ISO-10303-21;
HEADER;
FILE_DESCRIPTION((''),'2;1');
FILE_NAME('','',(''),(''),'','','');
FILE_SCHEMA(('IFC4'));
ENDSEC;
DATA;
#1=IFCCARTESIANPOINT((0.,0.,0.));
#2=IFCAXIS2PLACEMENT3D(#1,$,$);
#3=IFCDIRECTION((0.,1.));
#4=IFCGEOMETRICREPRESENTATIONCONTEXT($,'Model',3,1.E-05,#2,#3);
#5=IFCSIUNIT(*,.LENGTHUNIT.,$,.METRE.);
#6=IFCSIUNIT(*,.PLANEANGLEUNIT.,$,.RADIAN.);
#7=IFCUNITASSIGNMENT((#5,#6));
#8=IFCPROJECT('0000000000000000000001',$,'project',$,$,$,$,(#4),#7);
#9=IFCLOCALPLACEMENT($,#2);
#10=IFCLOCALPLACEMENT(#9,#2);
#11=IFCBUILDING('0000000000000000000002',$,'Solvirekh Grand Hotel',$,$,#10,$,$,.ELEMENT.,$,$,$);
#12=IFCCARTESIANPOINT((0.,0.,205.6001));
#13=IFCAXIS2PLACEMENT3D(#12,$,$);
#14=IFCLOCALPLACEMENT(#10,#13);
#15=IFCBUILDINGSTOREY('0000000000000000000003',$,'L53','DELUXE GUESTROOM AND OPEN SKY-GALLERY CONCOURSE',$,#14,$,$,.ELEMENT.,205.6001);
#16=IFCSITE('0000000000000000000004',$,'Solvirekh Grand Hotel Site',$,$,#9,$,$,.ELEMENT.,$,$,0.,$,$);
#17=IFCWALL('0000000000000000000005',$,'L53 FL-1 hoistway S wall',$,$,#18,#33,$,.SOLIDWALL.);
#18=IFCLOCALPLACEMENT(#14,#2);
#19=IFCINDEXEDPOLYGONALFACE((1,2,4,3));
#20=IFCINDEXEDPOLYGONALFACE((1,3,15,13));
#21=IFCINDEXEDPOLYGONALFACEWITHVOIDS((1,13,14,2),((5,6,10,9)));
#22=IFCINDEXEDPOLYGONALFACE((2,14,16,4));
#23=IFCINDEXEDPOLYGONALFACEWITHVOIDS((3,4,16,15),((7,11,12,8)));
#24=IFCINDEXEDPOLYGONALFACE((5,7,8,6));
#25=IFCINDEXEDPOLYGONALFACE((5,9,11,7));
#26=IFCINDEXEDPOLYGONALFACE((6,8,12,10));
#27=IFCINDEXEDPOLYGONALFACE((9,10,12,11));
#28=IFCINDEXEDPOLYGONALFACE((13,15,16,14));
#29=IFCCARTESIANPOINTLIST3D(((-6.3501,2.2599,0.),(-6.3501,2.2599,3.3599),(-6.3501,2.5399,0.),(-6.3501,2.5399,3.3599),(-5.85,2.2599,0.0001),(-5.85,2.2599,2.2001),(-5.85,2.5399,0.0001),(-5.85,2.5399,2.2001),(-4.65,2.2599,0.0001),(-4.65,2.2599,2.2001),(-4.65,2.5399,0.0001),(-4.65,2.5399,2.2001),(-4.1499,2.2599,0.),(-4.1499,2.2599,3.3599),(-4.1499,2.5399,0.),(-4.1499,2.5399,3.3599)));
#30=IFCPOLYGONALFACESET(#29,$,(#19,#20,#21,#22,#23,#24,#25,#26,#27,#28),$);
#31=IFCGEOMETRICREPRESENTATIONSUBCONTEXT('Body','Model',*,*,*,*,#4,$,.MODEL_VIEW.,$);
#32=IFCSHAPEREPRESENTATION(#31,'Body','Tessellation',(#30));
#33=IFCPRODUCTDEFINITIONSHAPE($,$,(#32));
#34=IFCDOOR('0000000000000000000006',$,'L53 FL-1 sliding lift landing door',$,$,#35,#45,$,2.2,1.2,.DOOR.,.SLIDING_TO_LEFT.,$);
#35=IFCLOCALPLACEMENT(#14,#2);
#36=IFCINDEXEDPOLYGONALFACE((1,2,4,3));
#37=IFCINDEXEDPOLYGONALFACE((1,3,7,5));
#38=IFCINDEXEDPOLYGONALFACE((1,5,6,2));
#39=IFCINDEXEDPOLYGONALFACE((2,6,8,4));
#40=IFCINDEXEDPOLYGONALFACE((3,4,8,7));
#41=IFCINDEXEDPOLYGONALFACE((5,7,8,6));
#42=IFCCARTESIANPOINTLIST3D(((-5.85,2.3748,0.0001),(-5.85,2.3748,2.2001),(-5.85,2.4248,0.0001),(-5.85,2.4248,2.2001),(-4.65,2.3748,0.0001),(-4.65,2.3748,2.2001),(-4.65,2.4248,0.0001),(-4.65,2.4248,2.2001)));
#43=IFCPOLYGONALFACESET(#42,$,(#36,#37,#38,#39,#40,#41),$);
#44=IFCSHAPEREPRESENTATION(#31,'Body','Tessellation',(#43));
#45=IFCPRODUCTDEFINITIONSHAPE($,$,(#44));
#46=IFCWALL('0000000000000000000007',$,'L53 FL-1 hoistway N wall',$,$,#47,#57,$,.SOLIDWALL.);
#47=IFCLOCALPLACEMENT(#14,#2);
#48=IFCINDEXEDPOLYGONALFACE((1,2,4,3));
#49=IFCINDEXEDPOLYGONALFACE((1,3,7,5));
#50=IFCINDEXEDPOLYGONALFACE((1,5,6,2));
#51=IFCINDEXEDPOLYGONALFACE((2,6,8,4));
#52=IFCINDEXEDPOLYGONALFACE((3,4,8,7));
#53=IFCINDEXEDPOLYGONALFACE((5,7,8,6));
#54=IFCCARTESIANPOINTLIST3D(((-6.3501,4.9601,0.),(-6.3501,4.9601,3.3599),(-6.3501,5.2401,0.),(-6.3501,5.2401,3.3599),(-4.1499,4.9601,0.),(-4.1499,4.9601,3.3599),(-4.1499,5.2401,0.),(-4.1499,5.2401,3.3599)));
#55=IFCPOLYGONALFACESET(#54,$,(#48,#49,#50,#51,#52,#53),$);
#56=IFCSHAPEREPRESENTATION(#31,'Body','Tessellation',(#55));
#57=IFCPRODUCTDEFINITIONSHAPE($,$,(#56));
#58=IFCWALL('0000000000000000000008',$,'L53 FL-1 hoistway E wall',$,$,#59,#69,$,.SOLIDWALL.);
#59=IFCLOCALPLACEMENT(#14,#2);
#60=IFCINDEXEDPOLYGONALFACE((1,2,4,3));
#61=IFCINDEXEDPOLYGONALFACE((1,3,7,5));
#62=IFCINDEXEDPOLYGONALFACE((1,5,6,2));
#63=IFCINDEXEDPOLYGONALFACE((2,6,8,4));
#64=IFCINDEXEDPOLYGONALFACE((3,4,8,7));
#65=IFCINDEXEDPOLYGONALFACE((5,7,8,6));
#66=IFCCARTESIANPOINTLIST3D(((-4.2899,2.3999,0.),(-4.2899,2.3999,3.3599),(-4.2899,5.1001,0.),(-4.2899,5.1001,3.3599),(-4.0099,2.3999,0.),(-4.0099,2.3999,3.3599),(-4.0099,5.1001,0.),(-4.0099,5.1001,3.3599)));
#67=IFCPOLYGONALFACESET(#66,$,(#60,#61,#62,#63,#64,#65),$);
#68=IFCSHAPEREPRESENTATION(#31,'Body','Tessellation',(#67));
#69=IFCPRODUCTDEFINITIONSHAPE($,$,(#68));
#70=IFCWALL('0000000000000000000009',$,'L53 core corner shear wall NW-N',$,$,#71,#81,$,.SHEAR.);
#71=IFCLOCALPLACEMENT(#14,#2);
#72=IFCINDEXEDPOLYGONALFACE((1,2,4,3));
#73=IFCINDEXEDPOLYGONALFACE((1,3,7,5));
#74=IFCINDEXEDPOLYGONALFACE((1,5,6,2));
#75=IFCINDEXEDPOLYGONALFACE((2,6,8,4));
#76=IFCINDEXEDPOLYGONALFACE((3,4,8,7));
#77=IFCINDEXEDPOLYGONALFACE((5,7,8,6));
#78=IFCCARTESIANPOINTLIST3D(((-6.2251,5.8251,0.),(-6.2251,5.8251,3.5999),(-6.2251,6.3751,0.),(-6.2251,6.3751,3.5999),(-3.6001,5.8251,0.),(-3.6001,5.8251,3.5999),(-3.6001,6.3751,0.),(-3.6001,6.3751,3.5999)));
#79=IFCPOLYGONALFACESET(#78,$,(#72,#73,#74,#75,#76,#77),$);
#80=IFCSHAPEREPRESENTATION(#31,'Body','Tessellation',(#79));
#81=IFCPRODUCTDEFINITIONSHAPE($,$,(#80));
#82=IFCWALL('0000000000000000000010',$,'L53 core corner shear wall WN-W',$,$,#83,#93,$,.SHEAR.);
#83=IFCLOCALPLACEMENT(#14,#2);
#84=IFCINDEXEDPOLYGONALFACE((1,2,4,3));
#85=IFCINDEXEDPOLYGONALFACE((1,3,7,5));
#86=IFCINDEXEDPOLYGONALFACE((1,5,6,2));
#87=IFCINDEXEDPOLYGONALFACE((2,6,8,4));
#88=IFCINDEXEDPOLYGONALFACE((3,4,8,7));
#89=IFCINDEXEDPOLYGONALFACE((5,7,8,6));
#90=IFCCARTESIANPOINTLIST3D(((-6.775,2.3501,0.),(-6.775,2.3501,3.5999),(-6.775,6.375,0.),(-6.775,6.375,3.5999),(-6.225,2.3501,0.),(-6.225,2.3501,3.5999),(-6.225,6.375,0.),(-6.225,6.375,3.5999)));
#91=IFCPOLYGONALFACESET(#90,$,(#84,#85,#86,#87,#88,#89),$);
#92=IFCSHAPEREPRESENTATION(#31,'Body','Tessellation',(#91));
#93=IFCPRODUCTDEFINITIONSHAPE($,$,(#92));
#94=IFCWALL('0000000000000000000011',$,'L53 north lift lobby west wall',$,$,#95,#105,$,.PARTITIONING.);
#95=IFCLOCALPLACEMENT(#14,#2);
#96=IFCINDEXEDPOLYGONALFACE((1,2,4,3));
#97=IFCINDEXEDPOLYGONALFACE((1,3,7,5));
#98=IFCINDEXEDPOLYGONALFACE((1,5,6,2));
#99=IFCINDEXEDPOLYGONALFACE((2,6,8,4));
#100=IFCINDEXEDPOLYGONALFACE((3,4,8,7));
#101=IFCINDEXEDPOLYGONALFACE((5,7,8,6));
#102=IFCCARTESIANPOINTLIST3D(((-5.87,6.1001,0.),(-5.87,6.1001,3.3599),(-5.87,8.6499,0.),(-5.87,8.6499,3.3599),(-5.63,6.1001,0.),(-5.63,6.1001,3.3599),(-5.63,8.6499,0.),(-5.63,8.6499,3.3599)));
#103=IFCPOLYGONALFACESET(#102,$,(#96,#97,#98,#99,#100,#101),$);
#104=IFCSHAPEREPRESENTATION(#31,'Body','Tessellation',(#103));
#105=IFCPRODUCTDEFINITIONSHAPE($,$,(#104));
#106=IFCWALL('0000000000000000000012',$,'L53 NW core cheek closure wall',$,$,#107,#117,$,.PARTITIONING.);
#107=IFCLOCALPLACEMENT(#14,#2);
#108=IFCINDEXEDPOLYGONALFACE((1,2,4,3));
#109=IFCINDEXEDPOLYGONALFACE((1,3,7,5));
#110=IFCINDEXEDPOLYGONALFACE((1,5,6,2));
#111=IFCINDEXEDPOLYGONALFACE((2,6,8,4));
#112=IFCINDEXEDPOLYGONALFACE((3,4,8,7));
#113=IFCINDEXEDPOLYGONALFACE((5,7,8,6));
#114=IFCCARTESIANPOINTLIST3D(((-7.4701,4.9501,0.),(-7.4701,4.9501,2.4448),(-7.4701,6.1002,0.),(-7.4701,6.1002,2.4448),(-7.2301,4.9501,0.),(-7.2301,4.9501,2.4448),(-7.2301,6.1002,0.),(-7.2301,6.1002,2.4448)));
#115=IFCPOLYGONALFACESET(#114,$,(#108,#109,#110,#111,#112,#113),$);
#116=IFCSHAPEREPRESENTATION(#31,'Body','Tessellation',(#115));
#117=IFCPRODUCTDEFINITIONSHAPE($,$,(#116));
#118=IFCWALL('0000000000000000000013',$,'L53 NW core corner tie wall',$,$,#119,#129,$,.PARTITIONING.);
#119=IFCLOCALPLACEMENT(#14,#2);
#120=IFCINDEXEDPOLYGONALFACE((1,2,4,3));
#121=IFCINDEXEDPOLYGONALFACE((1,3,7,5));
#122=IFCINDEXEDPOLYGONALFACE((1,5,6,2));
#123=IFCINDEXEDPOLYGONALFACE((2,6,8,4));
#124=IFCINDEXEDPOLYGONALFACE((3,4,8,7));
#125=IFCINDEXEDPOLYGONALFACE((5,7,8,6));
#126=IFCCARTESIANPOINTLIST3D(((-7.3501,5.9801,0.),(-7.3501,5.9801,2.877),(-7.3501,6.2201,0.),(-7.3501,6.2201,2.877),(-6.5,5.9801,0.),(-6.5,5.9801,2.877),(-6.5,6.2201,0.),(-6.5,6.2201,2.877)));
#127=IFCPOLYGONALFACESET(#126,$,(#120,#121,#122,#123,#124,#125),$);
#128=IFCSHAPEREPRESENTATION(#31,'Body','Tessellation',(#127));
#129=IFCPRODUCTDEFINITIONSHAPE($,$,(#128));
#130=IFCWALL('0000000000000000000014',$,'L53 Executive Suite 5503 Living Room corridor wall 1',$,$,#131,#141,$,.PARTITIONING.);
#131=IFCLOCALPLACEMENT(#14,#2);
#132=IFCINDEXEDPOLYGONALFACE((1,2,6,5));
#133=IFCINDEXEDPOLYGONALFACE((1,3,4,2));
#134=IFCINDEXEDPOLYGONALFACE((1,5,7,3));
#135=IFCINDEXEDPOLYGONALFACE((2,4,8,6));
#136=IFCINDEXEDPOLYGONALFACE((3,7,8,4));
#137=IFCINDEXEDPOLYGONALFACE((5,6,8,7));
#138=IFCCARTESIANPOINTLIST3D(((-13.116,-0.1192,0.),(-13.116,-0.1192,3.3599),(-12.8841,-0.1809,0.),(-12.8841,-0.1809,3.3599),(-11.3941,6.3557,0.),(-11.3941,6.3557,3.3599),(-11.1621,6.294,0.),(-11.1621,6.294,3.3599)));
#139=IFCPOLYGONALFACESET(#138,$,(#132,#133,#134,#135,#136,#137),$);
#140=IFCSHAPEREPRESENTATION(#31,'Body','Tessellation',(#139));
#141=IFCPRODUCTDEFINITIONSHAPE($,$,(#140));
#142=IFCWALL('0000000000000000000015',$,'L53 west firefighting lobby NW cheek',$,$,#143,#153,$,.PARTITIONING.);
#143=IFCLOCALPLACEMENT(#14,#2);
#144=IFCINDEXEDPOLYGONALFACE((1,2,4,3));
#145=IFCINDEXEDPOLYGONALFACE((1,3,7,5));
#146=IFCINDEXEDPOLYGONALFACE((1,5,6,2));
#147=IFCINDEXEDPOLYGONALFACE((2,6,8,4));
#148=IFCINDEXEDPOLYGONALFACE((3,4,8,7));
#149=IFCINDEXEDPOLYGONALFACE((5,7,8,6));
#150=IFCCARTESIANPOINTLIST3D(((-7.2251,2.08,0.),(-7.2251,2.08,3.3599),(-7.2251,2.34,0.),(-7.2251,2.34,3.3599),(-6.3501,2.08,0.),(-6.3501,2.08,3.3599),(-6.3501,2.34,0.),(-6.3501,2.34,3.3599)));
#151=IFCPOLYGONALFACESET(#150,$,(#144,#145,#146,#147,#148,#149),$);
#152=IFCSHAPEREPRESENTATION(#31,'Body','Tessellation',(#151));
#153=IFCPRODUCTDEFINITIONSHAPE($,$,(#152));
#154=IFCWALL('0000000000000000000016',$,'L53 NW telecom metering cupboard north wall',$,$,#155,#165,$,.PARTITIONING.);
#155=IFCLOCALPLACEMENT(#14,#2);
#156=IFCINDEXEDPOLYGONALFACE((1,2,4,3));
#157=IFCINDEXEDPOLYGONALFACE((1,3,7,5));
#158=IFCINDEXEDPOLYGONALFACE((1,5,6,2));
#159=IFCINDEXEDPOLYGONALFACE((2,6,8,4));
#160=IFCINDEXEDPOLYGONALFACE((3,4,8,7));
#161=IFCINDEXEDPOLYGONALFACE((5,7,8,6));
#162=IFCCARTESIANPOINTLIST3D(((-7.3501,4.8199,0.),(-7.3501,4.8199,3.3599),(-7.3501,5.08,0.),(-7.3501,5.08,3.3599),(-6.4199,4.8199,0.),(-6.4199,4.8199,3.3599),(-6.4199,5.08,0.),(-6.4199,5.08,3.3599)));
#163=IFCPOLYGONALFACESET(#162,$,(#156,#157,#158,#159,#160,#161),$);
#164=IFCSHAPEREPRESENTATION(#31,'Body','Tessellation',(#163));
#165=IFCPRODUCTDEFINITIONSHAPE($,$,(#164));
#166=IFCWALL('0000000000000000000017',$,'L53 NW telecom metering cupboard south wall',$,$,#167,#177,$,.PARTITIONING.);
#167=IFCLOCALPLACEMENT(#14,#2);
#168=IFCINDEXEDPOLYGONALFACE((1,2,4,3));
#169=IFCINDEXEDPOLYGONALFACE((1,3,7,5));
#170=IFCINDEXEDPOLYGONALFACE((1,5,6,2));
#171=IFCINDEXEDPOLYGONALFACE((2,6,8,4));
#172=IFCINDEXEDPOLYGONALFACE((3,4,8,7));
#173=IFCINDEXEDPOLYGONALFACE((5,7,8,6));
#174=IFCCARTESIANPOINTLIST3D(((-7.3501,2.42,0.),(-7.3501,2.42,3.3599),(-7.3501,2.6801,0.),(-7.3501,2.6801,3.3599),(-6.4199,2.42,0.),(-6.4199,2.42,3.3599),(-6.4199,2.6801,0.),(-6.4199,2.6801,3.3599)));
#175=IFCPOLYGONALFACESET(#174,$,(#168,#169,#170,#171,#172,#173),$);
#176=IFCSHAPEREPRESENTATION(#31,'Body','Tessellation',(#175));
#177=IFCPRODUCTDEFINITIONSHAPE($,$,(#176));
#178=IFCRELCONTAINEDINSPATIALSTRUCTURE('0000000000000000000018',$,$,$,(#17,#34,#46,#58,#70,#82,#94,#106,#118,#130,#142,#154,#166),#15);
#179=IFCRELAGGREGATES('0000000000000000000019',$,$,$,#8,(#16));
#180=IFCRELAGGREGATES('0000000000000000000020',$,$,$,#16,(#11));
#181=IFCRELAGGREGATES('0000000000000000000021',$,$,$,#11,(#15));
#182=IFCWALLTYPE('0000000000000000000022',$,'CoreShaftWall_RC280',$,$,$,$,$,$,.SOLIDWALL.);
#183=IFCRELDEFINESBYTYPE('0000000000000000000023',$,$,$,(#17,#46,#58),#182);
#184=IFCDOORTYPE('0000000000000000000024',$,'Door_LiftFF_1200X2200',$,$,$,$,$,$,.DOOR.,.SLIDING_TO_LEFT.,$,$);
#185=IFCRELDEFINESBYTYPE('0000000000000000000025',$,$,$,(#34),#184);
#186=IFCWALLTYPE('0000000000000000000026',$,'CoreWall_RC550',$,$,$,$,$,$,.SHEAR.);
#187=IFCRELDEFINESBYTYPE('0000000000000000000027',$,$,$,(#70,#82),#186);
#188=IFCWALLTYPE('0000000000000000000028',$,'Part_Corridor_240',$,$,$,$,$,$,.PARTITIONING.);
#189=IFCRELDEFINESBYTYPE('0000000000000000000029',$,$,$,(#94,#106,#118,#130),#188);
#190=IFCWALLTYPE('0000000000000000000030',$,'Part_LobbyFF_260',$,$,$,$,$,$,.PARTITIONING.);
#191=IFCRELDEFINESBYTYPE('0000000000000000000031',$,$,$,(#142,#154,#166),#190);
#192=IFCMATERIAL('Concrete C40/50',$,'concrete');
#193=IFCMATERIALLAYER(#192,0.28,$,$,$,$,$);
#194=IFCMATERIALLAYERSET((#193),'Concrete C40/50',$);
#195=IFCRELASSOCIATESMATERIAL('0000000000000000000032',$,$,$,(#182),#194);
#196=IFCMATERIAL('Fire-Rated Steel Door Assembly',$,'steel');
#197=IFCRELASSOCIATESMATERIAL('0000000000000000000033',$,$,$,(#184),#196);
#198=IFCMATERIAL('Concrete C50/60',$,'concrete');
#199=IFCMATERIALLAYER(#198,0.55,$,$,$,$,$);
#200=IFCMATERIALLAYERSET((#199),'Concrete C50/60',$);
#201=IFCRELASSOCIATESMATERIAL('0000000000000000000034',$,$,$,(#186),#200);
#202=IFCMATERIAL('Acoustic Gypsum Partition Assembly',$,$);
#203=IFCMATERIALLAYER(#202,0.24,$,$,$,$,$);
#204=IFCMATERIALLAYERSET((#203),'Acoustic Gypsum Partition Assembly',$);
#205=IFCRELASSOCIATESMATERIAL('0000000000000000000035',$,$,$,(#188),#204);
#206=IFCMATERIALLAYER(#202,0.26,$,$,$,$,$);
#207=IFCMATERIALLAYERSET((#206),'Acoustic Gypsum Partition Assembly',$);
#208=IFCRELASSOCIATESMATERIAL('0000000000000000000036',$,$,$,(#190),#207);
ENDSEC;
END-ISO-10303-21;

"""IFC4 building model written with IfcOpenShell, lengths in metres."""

from ifc_helpers import new_model, si_unit, direction, frame, frame_2d, origin, place, context, subcontext, project, spatial, rectangle, extrude, material, layer, layer_set, type_object, element, fill, save


model = new_model("IFC4")

# Units and contexts
model_context = context("Model", 3, precision=1e-05, world=origin(), true_north=direction((0.0, 1.0)))
body_context = subcontext(model_context, "Body", "Model", "MODEL_VIEW")
ifc_project = project(units=[si_unit("LENGTHUNIT", "METRE"), si_unit("PLANEANGLEUNIT", "RADIAN")], contexts=[model_context])

# Site, building, storey
site_placement = place(None, origin())
site = spatial("IfcSite", under=ifc_project, at=site_placement, Name="Solvirekh Grand Hotel Site", CompositionType="ELEMENT", RefElevation=0.0)
building_placement = place(site_placement, origin())
building = spatial("IfcBuilding", under=site, at=building_placement, Name="Solvirekh Grand Hotel", CompositionType="ELEMENT")
storey_placement = place(building_placement, frame((0.0, 0.0, 205.6001)))
storey = spatial("IfcBuildingStorey", under=building, at=storey_placement, Name="L53", Description="DELUXE GUESTROOM AND OPEN SKY-GALLERY CONCOURSE", CompositionType="ELEMENT", Elevation=205.6001)

# Shared definitions
ifc_material_1 = material(Name="Concrete C50/60", Category="concrete")

# Shared definitions
ifc_material_2 = material(Name="Concrete C40/50", Category="concrete")
ifc_layer_1 = layer(ifc_material_2, 0.28)
ifc_layer_set_1 = layer_set([ifc_layer_1], Name="Concrete C40/50")
wall_type_1 = type_object("IfcWallType", Name="CoreShaftWall_RC280", PredefinedType="SOLIDWALL", material=ifc_layer_set_1)
ifc_material_3 = material(Name="Fire-Rated Steel Door Assembly", Category="steel")

# Wall, opening, door
wall_1_placement = place(storey_placement, frame((-6.3501, 2.3999, 0.0), z_axis=(0.0, 0.0, 1.0), x_axis=(1.0, 0.0, 0.0)))
wall_1 = element("IfcWall", 1, at=wall_1_placement, inside=storey, type_object=wall_type_1, Name="L53 FL-1 hoistway S wall", PredefinedType="SOLIDWALL", context=body_context, shape_type="SweptSolid", body=[
    extrude(rectangle(XDim=2.2002, YDim=0.28, at=frame_2d((1.1001, 0.0))), origin(), (0.0, 0.0, 1.0), 3.3599),
])
opening_1_placement = place(wall_1_placement, frame((0.5, 0.0, 0.0)))
opening_1 = element("IfcOpeningElement", 2, at=opening_1_placement, cuts=wall_1, PredefinedType="OPENING", context=body_context, shape_type="SweptSolid", body=[
    extrude(rectangle(XDim=1.2, YDim=2.2, at=frame_2d((0.6001, 1.1001))), frame((0.0, 0.1499, 0.0), z_axis=(0.0, -1.0, 0.0), x_axis=(1.0, 0.0, 0.0)), (0.0, 0.0, 1.0), 0.3),
])
door_type_1 = type_object("IfcDoorType", Name="Door_LiftFF_1200X2200", OperationType="SLIDING_TO_LEFT", PredefinedType="DOOR", material=ifc_material_3)
door_1_placement = place(opening_1_placement, origin())
door_1 = element("IfcDoor", 3, at=door_1_placement, inside=storey, type_object=door_type_1, Name="L53 FL-1 sliding lift landing door", OperationType="SLIDING_TO_LEFT", OverallHeight=2.2, OverallWidth=1.2, PredefinedType="DOOR", context=body_context, shape_type="SweptSolid", body=[
    extrude(rectangle(XDim=1.2, YDim=2.2, at=frame_2d((0.6001, 1.1001))), frame((0.0, 0.0249, 0.0), z_axis=(0.0, -1.0, 0.0), x_axis=(1.0, 0.0, 0.0)), (0.0, 0.0, 1.0), 0.05),
])
fill(opening_1, door_1)

# Walls
wall_2_placement = place(storey_placement, frame((-4.1499, 5.1001, 0.0), z_axis=(0.0, 0.0, 1.0), x_axis=(-1.0, 0.0, 0.0)))
element("IfcWall", 4, at=wall_2_placement, inside=storey, type_object=wall_type_1, Name="L53 FL-1 hoistway N wall", PredefinedType="SOLIDWALL", context=body_context, shape_type="SweptSolid", body=[
    extrude(rectangle(XDim=2.2002, YDim=0.28, at=frame_2d((1.1001, 0.0))), origin(), (0.0, 0.0, 1.0), 3.3599),
])
wall_3_placement = place(storey_placement, frame((-4.1499, 2.3999, 0.0), z_axis=(0.0, 0.0, 1.0), x_axis=(0.0, 1.0, 0.0)))
element("IfcWall", 5, at=wall_3_placement, inside=storey, type_object=wall_type_1, Name="L53 FL-1 hoistway E wall", PredefinedType="SOLIDWALL", context=body_context, shape_type="SweptSolid", body=[
    extrude(rectangle(XDim=2.7002, YDim=0.28, at=frame_2d((1.3501, 0.0))), origin(), (0.0, 0.0, 1.0), 3.3599),
])
ifc_layer_2 = layer(ifc_material_1, 0.55)
ifc_layer_set_2 = layer_set([ifc_layer_2], Name="Concrete C50/60")
wall_type_2 = type_object("IfcWallType", Name="CoreWall_RC550", PredefinedType="SHEAR", material=ifc_layer_set_2)
wall_4_placement = place(storey_placement, frame((-6.2251, 6.1001, 0.0), z_axis=(0.0, 0.0, 1.0), x_axis=(1.0, 0.0, 0.0)))
element("IfcWall", 6, at=wall_4_placement, inside=storey, type_object=wall_type_2, Name="L53 core corner shear wall NW-N", PredefinedType="SHEAR", context=body_context, shape_type="SweptSolid", body=[
    extrude(rectangle(XDim=2.625, YDim=0.55, at=frame_2d((1.3125, 0.0))), origin(), (0.0, 0.0, 1.0), 3.5999),
])
wall_5_placement = place(storey_placement, frame((-6.5, 2.3501, 0.0), z_axis=(0.0, 0.0, 1.0), x_axis=(0.0, 1.0, 0.0)))
element("IfcWall", 7, at=wall_5_placement, inside=storey, type_object=wall_type_2, Name="L53 core corner shear wall WN-W", PredefinedType="SHEAR", context=body_context, shape_type="SweptSolid", body=[
    extrude(rectangle(XDim=4.0249, YDim=0.55, at=frame_2d((2.0125, 0.0))), origin(), (0.0, 0.0, 1.0), 3.5999),
])
ifc_material_4 = material(Name="Acoustic Gypsum Partition Assembly")
ifc_layer_3 = layer(ifc_material_4, 0.24)
ifc_layer_set_3 = layer_set([ifc_layer_3], Name="Acoustic Gypsum Partition Assembly")
wall_type_3 = type_object("IfcWallType", Name="Part_Corridor_240", PredefinedType="PARTITIONING", material=ifc_layer_set_3)
wall_6_placement = place(storey_placement, frame((-5.75, 6.1001, 0.0), z_axis=(0.0, 0.0, 1.0), x_axis=(0.0, 1.0, 0.0)))
element("IfcWall", 8, at=wall_6_placement, inside=storey, type_object=wall_type_3, Name="L53 north lift lobby west wall", PredefinedType="PARTITIONING", context=body_context, shape_type="SweptSolid", body=[
    extrude(rectangle(XDim=2.5498, YDim=0.24, at=frame_2d((1.2749, 0.0))), origin(), (0.0, 0.0, 1.0), 3.3599),
])
wall_7_placement = place(storey_placement, frame((-7.3501, 4.95, 0.0), z_axis=(0.0, 0.0, 1.0), x_axis=(0.0, 1.0, 0.0)))
element("IfcWall", 9, at=wall_7_placement, inside=storey, type_object=wall_type_3, Name="L53 NW core cheek closure wall", PredefinedType="PARTITIONING", context=body_context, shape_type="SweptSolid", body=[
    extrude(rectangle(XDim=1.1501, YDim=0.24, at=frame_2d((0.5752, 0.0))), origin(), (0.0, 0.0, 1.0), 2.4448),
])
wall_8_placement = place(storey_placement, frame((-7.3501, 6.1001, 0.0), z_axis=(0.0, 0.0, 1.0), x_axis=(1.0, 0.0, 0.0)))
element("IfcWall", 10, at=wall_8_placement, inside=storey, type_object=wall_type_3, Name="L53 NW core corner tie wall", PredefinedType="PARTITIONING", context=body_context, shape_type="SweptSolid", body=[
    extrude(rectangle(XDim=0.8501, YDim=0.24, at=frame_2d((0.425, 0.0))), origin(), (0.0, 0.0, 1.0), 2.877),
])
wall_9_placement = place(storey_placement, frame((-11.2781, 6.325, 0.0), z_axis=(0.0, 0.0, 1.0), x_axis=(-0.257007, -0.96641, 0.0)))
element("IfcWall", 11, at=wall_9_placement, inside=storey, type_object=wall_type_3, Name="L53 Executive Suite 5503 Living Room corridor wall 1", PredefinedType="PARTITIONING", context=body_context, shape_type="SweptSolid", body=[
    extrude(rectangle(XDim=6.7, YDim=0.24, at=frame_2d((3.3501, 0.0))), origin(), (0.0, 0.0, 1.0), 3.3599),
])
ifc_layer_4 = layer(ifc_material_4, 0.26)
ifc_layer_set_4 = layer_set([ifc_layer_4], Name="Acoustic Gypsum Partition Assembly")
wall_type_4 = type_object("IfcWallType", Name="Part_LobbyFF_260", PredefinedType="PARTITIONING", material=ifc_layer_set_4)
wall_10_placement = place(storey_placement, frame((-7.2251, 2.21, 0.0), z_axis=(0.0, 0.0, 1.0), x_axis=(1.0, 0.0, 0.0)))
element("IfcWall", 12, at=wall_10_placement, inside=storey, type_object=wall_type_4, Name="L53 west firefighting lobby NW cheek", PredefinedType="PARTITIONING", context=body_context, shape_type="SweptSolid", body=[
    extrude(rectangle(XDim=0.875, YDim=0.26, at=frame_2d((0.4375, 0.0))), origin(), (0.0, 0.0, 1.0), 3.3599),
])
for number, where, z_axis, x_axis, name in (
    (13, (-7.3501, 4.95, 0.0), (0.0, 0.0, 1.0), (1.0, 0.0, 0.0), "L53 NW telecom metering cupboard north wall"),
    (14, (-7.3501, 2.55, 0.0), (0.0, 0.0, 1.0), (1.0, 0.0, 0.0), "L53 NW telecom metering cupboard south wall"),
):
    element("IfcWall", number, at=place(storey_placement, frame(where, z_axis=z_axis, x_axis=x_axis)), inside=storey, type_object=wall_type_4, Name=name, PredefinedType="PARTITIONING", context=body_context, shape_type="SweptSolid", body=[
        extrude(rectangle(XDim=0.9302, YDim=0.26, at=frame_2d((0.4651, 0.0))), origin(), (0.0, 0.0, 1.0), 3.3599),
    ])

save(model, "model.ifc")
